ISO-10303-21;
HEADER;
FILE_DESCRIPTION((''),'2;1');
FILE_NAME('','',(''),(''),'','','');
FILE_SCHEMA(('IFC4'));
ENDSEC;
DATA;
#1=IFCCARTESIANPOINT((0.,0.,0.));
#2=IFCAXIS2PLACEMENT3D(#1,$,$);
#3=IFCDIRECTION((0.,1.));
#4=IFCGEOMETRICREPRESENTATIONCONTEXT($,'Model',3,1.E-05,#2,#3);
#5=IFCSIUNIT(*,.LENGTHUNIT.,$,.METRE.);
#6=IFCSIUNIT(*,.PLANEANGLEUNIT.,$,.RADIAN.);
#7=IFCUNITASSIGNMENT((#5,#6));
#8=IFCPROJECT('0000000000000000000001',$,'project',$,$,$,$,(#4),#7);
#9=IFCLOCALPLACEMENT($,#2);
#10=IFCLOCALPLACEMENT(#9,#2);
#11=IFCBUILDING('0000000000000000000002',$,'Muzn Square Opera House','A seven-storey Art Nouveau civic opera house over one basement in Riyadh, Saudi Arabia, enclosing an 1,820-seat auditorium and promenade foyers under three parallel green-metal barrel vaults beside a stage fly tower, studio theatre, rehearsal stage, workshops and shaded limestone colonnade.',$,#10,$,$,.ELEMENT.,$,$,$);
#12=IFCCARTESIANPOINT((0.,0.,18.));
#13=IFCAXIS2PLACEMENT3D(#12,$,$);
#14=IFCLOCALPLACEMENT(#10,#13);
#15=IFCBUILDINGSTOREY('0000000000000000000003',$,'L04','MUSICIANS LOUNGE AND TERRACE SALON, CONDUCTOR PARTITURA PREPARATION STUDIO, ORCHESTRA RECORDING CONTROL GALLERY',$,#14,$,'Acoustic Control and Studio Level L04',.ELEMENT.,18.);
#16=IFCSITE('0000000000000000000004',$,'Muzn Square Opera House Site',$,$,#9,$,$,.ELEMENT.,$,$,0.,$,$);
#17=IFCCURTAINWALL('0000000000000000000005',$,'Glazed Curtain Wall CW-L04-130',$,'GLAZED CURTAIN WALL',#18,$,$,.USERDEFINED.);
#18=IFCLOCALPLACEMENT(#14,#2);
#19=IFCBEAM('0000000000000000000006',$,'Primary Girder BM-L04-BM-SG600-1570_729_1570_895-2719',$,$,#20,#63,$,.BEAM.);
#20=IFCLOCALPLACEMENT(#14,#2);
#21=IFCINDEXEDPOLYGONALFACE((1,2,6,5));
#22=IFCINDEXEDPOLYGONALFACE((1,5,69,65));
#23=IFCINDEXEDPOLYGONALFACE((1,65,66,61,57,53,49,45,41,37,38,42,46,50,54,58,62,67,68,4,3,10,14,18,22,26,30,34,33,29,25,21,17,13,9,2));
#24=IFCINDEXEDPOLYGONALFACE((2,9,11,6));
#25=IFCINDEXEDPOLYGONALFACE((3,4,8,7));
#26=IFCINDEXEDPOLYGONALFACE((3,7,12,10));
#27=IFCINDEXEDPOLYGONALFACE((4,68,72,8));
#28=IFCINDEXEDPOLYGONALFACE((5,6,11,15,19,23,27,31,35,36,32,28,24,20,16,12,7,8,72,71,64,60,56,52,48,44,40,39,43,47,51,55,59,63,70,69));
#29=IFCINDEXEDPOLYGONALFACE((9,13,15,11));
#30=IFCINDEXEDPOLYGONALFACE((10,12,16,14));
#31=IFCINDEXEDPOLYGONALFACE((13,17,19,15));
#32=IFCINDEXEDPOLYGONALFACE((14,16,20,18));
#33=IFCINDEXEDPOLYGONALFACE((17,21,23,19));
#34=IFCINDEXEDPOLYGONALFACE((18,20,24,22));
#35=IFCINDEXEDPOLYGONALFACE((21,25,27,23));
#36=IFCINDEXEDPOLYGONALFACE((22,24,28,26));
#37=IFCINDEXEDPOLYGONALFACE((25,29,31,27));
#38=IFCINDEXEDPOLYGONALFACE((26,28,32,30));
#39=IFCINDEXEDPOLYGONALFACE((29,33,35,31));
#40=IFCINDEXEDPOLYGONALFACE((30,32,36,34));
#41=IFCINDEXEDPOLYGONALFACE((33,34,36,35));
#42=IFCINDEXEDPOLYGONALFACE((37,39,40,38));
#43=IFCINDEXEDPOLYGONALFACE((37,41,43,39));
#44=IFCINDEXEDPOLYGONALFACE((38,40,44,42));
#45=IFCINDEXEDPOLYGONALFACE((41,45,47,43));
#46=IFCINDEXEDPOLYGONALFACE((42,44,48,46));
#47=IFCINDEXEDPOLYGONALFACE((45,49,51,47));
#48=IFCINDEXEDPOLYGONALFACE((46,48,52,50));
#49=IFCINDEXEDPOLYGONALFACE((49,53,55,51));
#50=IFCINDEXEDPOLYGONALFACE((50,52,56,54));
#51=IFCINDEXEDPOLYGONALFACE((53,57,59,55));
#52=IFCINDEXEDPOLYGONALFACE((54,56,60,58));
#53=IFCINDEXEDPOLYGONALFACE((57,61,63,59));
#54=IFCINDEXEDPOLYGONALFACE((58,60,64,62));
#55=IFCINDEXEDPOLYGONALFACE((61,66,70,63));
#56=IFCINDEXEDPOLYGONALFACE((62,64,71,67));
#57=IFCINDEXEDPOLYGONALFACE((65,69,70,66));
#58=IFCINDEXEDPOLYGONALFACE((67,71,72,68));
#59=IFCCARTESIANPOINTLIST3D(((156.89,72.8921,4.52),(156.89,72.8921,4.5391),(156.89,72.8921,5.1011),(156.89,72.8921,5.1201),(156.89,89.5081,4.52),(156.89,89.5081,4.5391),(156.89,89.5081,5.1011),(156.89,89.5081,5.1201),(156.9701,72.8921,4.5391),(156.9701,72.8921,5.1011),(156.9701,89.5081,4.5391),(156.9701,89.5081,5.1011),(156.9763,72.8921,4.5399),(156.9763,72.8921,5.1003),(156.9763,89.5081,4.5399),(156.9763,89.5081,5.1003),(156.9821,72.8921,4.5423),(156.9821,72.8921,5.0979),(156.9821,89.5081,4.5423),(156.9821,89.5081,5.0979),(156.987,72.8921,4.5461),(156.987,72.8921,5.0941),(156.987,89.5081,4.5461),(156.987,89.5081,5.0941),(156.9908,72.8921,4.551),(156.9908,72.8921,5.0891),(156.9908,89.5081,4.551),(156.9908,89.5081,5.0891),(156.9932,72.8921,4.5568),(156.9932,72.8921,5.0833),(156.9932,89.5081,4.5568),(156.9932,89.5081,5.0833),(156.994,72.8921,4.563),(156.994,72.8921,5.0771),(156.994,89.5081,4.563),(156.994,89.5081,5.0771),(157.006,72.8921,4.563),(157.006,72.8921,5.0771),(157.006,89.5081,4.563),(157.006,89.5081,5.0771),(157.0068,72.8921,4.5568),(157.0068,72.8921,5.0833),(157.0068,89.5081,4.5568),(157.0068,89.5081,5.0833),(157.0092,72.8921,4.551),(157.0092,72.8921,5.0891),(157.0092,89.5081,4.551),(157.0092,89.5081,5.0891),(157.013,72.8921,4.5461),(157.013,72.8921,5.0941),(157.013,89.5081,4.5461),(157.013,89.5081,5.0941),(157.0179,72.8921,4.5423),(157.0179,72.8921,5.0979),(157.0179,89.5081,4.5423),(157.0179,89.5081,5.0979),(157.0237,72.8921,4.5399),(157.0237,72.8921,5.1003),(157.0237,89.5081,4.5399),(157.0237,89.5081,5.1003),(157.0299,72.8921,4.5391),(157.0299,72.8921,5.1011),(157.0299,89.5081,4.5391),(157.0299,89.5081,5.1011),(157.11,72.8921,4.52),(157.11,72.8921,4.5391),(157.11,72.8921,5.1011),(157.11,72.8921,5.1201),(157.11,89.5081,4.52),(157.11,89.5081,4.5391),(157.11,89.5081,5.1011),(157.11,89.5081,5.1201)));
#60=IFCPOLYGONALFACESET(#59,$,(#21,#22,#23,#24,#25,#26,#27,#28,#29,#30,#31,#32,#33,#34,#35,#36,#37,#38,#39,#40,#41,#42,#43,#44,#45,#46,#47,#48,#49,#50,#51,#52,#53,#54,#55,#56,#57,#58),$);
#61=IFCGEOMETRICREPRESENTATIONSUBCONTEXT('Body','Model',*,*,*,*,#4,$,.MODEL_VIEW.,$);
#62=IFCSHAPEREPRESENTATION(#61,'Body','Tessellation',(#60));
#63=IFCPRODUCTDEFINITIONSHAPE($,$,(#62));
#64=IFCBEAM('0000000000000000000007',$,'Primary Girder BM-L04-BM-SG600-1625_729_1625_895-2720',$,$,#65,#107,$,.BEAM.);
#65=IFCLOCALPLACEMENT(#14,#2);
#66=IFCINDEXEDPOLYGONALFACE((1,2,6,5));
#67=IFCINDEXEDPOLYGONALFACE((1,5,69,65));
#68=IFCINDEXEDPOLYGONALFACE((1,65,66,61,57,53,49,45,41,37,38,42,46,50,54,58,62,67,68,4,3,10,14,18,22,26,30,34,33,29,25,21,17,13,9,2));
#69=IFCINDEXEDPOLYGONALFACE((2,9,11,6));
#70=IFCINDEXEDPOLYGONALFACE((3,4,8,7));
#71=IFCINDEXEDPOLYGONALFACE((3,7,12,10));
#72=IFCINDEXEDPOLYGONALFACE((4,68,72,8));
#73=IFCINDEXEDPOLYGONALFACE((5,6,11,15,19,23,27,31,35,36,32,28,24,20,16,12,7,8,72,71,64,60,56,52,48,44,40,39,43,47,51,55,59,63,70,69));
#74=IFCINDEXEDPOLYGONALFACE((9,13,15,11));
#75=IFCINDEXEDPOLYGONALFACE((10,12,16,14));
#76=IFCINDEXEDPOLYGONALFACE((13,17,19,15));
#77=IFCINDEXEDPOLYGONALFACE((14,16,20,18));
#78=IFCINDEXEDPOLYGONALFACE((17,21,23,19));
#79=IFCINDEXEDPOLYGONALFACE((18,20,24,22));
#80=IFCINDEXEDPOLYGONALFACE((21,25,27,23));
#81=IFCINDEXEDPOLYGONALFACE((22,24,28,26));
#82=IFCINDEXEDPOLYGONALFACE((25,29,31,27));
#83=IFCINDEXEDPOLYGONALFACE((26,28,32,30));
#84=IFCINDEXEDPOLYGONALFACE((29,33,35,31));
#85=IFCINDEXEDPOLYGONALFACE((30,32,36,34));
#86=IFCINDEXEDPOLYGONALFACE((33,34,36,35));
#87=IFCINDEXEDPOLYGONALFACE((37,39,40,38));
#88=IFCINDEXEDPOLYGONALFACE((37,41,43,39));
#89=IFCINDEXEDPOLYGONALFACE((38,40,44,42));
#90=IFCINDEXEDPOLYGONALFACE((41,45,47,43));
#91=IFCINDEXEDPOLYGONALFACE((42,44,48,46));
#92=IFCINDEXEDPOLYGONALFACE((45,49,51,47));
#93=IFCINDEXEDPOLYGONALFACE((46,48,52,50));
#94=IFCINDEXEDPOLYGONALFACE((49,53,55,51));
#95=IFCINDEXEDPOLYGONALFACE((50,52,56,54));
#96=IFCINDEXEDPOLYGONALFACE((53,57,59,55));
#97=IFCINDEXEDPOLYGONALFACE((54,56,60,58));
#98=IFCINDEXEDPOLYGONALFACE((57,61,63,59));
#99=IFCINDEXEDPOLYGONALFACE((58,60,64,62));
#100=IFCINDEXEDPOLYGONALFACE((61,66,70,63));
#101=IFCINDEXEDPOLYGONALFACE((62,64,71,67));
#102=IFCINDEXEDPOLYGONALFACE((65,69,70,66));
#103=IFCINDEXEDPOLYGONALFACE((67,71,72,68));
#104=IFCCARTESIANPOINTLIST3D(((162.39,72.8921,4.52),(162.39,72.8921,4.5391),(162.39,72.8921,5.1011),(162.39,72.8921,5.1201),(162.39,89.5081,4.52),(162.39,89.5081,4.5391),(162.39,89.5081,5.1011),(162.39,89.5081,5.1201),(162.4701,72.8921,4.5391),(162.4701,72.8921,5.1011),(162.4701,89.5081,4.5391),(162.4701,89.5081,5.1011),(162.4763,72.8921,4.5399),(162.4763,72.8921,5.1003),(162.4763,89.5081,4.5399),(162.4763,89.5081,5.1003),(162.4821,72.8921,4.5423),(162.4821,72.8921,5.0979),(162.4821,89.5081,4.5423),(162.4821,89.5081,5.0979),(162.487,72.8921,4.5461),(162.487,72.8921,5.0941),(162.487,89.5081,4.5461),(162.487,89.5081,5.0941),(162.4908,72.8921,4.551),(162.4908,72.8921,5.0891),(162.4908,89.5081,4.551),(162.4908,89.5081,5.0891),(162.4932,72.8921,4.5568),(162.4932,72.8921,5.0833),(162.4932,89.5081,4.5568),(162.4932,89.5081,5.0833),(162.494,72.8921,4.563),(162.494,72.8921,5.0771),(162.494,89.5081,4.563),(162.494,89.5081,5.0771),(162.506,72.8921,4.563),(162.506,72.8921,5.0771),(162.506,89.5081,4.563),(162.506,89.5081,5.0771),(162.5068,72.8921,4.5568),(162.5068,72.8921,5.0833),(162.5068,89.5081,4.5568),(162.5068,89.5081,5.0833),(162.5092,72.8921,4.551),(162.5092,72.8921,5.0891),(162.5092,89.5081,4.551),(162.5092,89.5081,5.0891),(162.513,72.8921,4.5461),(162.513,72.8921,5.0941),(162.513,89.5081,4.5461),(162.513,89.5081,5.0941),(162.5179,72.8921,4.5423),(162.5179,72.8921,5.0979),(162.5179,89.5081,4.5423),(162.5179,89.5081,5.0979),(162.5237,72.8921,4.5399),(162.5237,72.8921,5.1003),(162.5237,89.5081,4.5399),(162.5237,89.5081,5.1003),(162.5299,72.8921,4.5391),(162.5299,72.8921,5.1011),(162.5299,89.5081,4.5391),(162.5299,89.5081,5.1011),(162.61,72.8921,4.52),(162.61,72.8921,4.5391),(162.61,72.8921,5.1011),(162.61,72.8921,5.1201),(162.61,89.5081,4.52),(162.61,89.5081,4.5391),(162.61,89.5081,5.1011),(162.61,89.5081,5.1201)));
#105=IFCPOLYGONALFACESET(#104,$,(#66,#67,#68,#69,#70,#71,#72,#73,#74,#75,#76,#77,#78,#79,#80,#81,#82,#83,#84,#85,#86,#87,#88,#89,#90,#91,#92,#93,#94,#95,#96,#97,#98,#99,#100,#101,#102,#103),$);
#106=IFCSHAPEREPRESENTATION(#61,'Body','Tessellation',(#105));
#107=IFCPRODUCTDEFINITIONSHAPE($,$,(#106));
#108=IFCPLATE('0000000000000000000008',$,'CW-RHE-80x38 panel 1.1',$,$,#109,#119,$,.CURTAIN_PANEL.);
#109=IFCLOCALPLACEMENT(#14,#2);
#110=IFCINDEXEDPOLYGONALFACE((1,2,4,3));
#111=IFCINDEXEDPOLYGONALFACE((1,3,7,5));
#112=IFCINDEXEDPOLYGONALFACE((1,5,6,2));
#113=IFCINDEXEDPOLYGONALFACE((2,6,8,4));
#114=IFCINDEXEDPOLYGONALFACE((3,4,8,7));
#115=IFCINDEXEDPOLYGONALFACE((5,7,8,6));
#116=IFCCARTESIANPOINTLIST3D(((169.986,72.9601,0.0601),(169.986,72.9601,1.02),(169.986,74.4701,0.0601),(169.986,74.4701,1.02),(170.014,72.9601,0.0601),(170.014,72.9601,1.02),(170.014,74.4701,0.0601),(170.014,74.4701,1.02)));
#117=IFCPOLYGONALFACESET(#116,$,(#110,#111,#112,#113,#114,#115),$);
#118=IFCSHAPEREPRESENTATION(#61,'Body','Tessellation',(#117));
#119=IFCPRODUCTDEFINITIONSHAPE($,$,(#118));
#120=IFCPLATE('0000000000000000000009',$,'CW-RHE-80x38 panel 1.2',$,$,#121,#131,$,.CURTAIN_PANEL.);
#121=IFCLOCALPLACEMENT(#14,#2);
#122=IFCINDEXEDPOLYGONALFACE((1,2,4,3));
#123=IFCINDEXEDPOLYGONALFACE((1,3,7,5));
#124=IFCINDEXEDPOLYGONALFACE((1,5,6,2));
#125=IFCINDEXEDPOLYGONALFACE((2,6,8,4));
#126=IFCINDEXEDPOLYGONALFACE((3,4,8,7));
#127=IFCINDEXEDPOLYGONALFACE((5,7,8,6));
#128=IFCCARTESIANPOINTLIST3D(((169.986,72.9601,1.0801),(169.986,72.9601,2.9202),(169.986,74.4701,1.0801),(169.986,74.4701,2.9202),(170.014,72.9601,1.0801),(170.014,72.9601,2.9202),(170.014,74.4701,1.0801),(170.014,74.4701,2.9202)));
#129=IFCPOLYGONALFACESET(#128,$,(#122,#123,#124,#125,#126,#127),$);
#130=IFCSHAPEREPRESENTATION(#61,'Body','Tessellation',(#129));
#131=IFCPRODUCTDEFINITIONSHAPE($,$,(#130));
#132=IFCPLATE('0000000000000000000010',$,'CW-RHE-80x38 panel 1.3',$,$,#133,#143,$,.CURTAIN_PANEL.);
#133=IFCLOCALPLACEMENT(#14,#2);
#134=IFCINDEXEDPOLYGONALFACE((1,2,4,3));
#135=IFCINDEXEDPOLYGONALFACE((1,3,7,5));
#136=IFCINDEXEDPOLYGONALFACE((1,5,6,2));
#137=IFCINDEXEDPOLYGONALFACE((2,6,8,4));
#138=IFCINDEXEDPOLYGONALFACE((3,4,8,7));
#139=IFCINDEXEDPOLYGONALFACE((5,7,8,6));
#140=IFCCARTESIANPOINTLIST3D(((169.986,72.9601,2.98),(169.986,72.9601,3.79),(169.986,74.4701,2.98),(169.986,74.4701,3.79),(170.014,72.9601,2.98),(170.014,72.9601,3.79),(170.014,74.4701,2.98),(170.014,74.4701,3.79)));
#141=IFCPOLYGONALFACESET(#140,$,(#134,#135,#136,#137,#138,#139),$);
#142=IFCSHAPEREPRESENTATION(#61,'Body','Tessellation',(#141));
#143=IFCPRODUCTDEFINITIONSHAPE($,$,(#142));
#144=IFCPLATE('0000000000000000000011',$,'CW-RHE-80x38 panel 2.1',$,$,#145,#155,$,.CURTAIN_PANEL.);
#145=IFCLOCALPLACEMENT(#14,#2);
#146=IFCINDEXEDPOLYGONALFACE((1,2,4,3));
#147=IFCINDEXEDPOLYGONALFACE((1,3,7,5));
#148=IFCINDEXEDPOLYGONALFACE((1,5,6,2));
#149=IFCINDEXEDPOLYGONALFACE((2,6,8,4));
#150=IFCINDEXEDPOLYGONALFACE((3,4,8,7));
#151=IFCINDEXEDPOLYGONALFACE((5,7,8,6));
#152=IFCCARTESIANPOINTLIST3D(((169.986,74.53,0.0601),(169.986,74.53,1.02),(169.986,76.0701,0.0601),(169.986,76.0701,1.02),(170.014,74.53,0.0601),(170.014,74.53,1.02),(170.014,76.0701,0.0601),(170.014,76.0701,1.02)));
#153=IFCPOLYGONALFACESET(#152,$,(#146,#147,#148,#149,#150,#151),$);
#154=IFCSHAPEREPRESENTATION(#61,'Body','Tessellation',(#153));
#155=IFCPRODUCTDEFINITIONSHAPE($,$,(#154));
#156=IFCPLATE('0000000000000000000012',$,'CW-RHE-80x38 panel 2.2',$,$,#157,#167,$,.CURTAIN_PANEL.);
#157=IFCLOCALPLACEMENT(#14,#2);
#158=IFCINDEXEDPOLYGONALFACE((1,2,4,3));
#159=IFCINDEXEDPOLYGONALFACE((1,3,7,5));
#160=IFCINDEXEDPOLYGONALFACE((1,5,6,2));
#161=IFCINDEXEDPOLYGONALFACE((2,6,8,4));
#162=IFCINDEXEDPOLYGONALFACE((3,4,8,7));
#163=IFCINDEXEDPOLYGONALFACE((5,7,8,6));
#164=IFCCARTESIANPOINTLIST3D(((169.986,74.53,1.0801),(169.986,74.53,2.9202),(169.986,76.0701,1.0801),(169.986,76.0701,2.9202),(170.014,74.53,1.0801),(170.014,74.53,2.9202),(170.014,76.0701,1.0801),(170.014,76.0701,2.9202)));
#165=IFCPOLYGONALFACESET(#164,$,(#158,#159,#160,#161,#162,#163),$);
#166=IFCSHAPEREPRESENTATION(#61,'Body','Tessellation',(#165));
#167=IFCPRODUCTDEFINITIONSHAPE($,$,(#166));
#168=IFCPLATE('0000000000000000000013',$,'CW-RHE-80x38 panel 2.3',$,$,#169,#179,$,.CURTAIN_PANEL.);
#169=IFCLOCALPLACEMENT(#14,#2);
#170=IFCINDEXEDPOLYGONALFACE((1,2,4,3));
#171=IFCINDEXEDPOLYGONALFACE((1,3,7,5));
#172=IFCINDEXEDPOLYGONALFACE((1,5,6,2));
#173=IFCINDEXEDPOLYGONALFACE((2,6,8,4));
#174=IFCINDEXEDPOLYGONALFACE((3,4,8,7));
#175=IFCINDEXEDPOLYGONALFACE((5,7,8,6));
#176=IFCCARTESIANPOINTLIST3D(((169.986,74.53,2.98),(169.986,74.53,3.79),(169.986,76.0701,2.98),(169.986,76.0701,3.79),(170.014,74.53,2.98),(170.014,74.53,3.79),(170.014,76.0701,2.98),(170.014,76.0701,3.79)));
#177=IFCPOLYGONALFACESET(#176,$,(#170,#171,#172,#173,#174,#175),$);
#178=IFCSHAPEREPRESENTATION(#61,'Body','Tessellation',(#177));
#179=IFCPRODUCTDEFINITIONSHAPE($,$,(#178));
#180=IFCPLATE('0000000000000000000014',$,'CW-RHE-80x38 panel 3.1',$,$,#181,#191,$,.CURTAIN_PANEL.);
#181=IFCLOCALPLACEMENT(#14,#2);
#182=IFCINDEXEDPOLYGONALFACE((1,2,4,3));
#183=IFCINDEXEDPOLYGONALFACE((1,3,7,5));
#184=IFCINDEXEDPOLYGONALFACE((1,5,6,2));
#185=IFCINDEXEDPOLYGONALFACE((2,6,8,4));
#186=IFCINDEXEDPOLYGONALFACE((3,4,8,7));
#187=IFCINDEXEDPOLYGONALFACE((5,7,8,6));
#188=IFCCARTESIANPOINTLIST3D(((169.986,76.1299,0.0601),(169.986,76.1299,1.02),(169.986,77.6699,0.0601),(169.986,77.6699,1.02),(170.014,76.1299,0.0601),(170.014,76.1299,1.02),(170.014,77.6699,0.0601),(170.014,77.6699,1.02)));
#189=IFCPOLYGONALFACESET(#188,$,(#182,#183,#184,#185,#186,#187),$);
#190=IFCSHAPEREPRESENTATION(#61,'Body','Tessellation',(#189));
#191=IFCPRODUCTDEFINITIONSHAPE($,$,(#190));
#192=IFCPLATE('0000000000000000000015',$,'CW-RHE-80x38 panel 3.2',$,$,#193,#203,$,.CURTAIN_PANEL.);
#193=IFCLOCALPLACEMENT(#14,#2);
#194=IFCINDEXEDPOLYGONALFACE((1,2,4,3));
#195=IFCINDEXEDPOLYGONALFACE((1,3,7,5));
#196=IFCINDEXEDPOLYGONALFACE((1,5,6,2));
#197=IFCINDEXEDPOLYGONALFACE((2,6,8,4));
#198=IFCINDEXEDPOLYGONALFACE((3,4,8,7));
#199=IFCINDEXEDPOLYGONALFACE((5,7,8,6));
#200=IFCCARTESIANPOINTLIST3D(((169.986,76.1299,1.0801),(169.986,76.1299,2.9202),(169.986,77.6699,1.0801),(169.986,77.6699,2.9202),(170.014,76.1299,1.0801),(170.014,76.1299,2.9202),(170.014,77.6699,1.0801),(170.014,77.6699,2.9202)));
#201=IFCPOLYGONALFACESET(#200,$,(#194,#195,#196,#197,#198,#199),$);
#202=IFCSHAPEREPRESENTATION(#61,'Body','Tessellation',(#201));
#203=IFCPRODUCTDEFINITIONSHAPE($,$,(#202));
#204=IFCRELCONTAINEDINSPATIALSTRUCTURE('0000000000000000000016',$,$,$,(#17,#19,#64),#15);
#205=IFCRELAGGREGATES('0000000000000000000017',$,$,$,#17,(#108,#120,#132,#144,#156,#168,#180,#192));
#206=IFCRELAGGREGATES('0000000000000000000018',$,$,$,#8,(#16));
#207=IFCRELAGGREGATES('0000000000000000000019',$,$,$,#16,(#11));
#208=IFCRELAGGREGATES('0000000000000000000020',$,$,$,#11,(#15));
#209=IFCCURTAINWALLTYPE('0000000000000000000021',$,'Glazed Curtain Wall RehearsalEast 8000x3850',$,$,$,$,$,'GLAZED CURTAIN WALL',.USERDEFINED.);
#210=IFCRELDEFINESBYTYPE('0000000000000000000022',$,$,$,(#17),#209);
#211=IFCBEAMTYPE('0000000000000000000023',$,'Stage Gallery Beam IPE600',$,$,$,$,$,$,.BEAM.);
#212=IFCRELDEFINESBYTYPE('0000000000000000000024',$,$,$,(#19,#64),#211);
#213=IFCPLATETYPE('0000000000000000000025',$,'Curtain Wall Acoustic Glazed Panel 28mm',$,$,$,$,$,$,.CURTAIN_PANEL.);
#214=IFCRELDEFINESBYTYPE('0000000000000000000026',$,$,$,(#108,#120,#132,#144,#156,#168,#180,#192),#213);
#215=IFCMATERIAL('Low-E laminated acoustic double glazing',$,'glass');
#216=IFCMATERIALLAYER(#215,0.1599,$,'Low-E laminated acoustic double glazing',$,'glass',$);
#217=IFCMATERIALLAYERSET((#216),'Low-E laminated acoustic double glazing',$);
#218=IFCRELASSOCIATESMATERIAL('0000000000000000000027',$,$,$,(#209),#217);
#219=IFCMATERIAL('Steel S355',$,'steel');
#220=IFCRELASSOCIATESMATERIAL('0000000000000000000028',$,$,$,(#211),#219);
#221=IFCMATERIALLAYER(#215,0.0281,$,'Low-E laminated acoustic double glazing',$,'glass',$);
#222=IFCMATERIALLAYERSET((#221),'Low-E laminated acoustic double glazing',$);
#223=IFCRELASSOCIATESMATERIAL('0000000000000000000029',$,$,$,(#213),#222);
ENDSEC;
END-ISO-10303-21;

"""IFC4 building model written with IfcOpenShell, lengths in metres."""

from ifc_helpers import new_model, si_unit, direction, frame, origin, origin_2d, place, context, subcontext, project, spatial, rectangle, i_section, extrude, material, layer, layer_set, material_profile, profile_set, type_object, element, aggregate, save


model = new_model("IFC4")

# Units and contexts
model_context = context("Model", 3, precision=1e-05, world=origin(), true_north=direction((0.0, 1.0)))
body_context = subcontext(model_context, "Body", "Model", "MODEL_VIEW")
ifc_project = project(units=[si_unit("LENGTHUNIT", "METRE"), si_unit("PLANEANGLEUNIT", "RADIAN")], contexts=[model_context])

# Site, building, storey
site_placement = place(None, origin())
site = spatial("IfcSite", under=ifc_project, at=site_placement, Name="Muzn Square Opera House Site", CompositionType="ELEMENT", RefElevation=0.0)
building_placement = place(site_placement, origin())
building = spatial("IfcBuilding", under=site, at=building_placement, Name="Muzn Square Opera House", Description="A seven-storey Art Nouveau civic opera house over one basement in Riyadh, Saudi Arabia, enclosing an 1,820-seat auditorium and promenade foyers under three parallel green-metal barrel vaults beside a stage fly tower, studio theatre, rehearsal stage, workshops and shaded limestone colonnade.", CompositionType="ELEMENT")
storey_placement = place(building_placement, frame((0.0, 0.0, 18.0)))
storey = spatial("IfcBuildingStorey", under=building, at=storey_placement, Name="L04", Description="MUSICIANS LOUNGE AND TERRACE SALON, CONDUCTOR PARTITURA PREPARATION STUDIO, ORCHESTRA RECORDING CONTROL GALLERY", LongName="Acoustic Control and Studio Level L04", CompositionType="ELEMENT", Elevation=18.0)

# Curtain wall
ifc_material_1 = material(Name="Low-E laminated acoustic double glazing", Category="glass")
ifc_layer_1 = layer(ifc_material_1, 0.1599, Name="Low-E laminated acoustic double glazing", Category="glass")
ifc_layer_set_1 = layer_set([ifc_layer_1], Name="Low-E laminated acoustic double glazing")
curtain_wall_type = type_object("IfcCurtainWallType", Name="Glazed Curtain Wall RehearsalEast 8000x3850", ElementType="GLAZED CURTAIN WALL", PredefinedType="USERDEFINED", material=ifc_layer_set_1)
curtain_wall_placement = place(storey_placement, origin())
curtain_wall = element("IfcCurtainWall", 1, at=curtain_wall_placement, inside=storey, type_object=curtain_wall_type, Name="Glazed Curtain Wall CW-L04-130", ObjectType="GLAZED CURTAIN WALL", PredefinedType="USERDEFINED")

# Beams
ifc_material_2 = material(Name="Steel S355", Category="steel")
ifc_material_profile_1 = material_profile(ifc_material_2, i_section(OverallWidth=0.22, OverallDepth=0.6001, WebThickness=0.012, FlangeThickness=0.019, FilletRadius=0.0239, at=origin_2d()), Name="IPE 600", Category="steel")
ifc_profile_set_1 = profile_set([ifc_material_profile_1], Name="Steel S355")
beam_type_1 = type_object("IfcBeamType", Name="Stage Gallery Beam IPE600", PredefinedType="BEAM", material=ifc_profile_set_1)
for number, where, z_axis, x_axis, name in (
    (2, (157.0, 72.8921, 4.8201), (0.0, 1.0, 0.0), (-1.0, 0.0, 0.0), "Primary Girder BM-L04-BM-SG600-1570_729_1570_895-2719"),
    (3, (162.5, 72.8921, 4.8201), (0.0, 1.0, 0.0), (-1.0, 0.0, 0.0), "Primary Girder BM-L04-BM-SG600-1625_729_1625_895-2720"),
):
    element("IfcBeam", number, at=place(storey_placement, frame(where, z_axis=z_axis, x_axis=x_axis)), inside=storey, type_object=beam_type_1, Name=name, PredefinedType="BEAM", context=body_context, shape_type="SweptSolid", body=[
        extrude(i_section(OverallWidth=0.22, OverallDepth=0.6001, WebThickness=0.012, FlangeThickness=0.019, FilletRadius=0.0239, at=origin_2d()), origin(), (0.0, 0.0, 1.0), 16.616),
    ])

# Plates
ifc_layer_2 = layer(ifc_material_1, 0.0281, Name="Low-E laminated acoustic double glazing", Category="glass")
ifc_layer_set_2 = layer_set([ifc_layer_2], Name="Low-E laminated acoustic double glazing")
plate_type = type_object("IfcPlateType", Name="Curtain Wall Acoustic Glazed Panel 28mm", PredefinedType="CURTAIN_PANEL", material=ifc_layer_set_2)
plate_1_placement = place(storey_placement, frame((170.0, 73.7151, 0.0601), z_axis=(0.0, 0.0, 1.0), x_axis=(0.0, 1.0, 0.0)))
plate_1 = element("IfcPlate", 4, at=plate_1_placement, type_object=plate_type, Name="CW-RHE-80x38 panel 1.1", PredefinedType="CURTAIN_PANEL", context=body_context, shape_type="SweptSolid", body=[
    extrude(rectangle(XDim=1.51, YDim=0.0281, at=origin_2d()), origin(), (0.0, 0.0, 1.0), 0.96),
])
plate_2_placement = place(storey_placement, frame((170.0, 73.7151, 1.0801), z_axis=(0.0, 0.0, 1.0), x_axis=(0.0, 1.0, 0.0)))
plate_2 = element("IfcPlate", 5, at=plate_2_placement, type_object=plate_type, Name="CW-RHE-80x38 panel 1.2", PredefinedType="CURTAIN_PANEL", context=body_context, shape_type="SweptSolid", body=[
    extrude(rectangle(XDim=1.51, YDim=0.0281, at=origin_2d()), origin(), (0.0, 0.0, 1.0), 1.8401),
])
plate_3_placement = place(storey_placement, frame((170.0, 73.7151, 2.98), z_axis=(0.0, 0.0, 1.0), x_axis=(0.0, 1.0, 0.0)))
plate_3 = element("IfcPlate", 6, at=plate_3_placement, type_object=plate_type, Name="CW-RHE-80x38 panel 1.3", PredefinedType="CURTAIN_PANEL", context=body_context, shape_type="SweptSolid", body=[
    extrude(rectangle(XDim=1.51, YDim=0.0281, at=origin_2d()), origin(), (0.0, 0.0, 1.0), 0.8101),
])
plate_4_placement = place(storey_placement, frame((170.0, 75.3, 0.0601), z_axis=(0.0, 0.0, 1.0), x_axis=(0.0, 1.0, 0.0)))
plate_4 = element("IfcPlate", 7, at=plate_4_placement, type_object=plate_type, Name="CW-RHE-80x38 panel 2.1", PredefinedType="CURTAIN_PANEL", context=body_context, shape_type="SweptSolid", body=[
    extrude(rectangle(XDim=1.54, YDim=0.0281, at=origin_2d()), origin(), (0.0, 0.0, 1.0), 0.96),
])
plate_5_placement = place(storey_placement, frame((170.0, 75.3, 1.0801), z_axis=(0.0, 0.0, 1.0), x_axis=(0.0, 1.0, 0.0)))
plate_5 = element("IfcPlate", 8, at=plate_5_placement, type_object=plate_type, Name="CW-RHE-80x38 panel 2.2", PredefinedType="CURTAIN_PANEL", context=body_context, shape_type="SweptSolid", body=[
    extrude(rectangle(XDim=1.54, YDim=0.0281, at=origin_2d()), origin(), (0.0, 0.0, 1.0), 1.8401),
])
plate_6_placement = place(storey_placement, frame((170.0, 75.3, 2.98), z_axis=(0.0, 0.0, 1.0), x_axis=(0.0, 1.0, 0.0)))
plate_6 = element("IfcPlate", 9, at=plate_6_placement, type_object=plate_type, Name="CW-RHE-80x38 panel 2.3", PredefinedType="CURTAIN_PANEL", context=body_context, shape_type="SweptSolid", body=[
    extrude(rectangle(XDim=1.54, YDim=0.0281, at=origin_2d()), origin(), (0.0, 0.0, 1.0), 0.8101),
])
plate_7_placement = place(storey_placement, frame((170.0, 76.8999, 0.0601), z_axis=(0.0, 0.0, 1.0), x_axis=(0.0, 1.0, 0.0)))
plate_7 = element("IfcPlate", 10, at=plate_7_placement, type_object=plate_type, Name="CW-RHE-80x38 panel 3.1", PredefinedType="CURTAIN_PANEL", context=body_context, shape_type="SweptSolid", body=[
    extrude(rectangle(XDim=1.54, YDim=0.0281, at=origin_2d()), origin(), (0.0, 0.0, 1.0), 0.96),
])
plate_8_placement = place(storey_placement, frame((170.0, 76.8999, 1.0801), z_axis=(0.0, 0.0, 1.0), x_axis=(0.0, 1.0, 0.0)))
plate_8 = element("IfcPlate", 11, at=plate_8_placement, type_object=plate_type, Name="CW-RHE-80x38 panel 3.2", PredefinedType="CURTAIN_PANEL", context=body_context, shape_type="SweptSolid", body=[
    extrude(rectangle(XDim=1.54, YDim=0.0281, at=origin_2d()), origin(), (0.0, 0.0, 1.0), 1.8401),
])
aggregate(curtain_wall, [plate_1, plate_2, plate_3, plate_4, plate_5, plate_6, plate_7, plate_8])

save(model, "model.ifc")
